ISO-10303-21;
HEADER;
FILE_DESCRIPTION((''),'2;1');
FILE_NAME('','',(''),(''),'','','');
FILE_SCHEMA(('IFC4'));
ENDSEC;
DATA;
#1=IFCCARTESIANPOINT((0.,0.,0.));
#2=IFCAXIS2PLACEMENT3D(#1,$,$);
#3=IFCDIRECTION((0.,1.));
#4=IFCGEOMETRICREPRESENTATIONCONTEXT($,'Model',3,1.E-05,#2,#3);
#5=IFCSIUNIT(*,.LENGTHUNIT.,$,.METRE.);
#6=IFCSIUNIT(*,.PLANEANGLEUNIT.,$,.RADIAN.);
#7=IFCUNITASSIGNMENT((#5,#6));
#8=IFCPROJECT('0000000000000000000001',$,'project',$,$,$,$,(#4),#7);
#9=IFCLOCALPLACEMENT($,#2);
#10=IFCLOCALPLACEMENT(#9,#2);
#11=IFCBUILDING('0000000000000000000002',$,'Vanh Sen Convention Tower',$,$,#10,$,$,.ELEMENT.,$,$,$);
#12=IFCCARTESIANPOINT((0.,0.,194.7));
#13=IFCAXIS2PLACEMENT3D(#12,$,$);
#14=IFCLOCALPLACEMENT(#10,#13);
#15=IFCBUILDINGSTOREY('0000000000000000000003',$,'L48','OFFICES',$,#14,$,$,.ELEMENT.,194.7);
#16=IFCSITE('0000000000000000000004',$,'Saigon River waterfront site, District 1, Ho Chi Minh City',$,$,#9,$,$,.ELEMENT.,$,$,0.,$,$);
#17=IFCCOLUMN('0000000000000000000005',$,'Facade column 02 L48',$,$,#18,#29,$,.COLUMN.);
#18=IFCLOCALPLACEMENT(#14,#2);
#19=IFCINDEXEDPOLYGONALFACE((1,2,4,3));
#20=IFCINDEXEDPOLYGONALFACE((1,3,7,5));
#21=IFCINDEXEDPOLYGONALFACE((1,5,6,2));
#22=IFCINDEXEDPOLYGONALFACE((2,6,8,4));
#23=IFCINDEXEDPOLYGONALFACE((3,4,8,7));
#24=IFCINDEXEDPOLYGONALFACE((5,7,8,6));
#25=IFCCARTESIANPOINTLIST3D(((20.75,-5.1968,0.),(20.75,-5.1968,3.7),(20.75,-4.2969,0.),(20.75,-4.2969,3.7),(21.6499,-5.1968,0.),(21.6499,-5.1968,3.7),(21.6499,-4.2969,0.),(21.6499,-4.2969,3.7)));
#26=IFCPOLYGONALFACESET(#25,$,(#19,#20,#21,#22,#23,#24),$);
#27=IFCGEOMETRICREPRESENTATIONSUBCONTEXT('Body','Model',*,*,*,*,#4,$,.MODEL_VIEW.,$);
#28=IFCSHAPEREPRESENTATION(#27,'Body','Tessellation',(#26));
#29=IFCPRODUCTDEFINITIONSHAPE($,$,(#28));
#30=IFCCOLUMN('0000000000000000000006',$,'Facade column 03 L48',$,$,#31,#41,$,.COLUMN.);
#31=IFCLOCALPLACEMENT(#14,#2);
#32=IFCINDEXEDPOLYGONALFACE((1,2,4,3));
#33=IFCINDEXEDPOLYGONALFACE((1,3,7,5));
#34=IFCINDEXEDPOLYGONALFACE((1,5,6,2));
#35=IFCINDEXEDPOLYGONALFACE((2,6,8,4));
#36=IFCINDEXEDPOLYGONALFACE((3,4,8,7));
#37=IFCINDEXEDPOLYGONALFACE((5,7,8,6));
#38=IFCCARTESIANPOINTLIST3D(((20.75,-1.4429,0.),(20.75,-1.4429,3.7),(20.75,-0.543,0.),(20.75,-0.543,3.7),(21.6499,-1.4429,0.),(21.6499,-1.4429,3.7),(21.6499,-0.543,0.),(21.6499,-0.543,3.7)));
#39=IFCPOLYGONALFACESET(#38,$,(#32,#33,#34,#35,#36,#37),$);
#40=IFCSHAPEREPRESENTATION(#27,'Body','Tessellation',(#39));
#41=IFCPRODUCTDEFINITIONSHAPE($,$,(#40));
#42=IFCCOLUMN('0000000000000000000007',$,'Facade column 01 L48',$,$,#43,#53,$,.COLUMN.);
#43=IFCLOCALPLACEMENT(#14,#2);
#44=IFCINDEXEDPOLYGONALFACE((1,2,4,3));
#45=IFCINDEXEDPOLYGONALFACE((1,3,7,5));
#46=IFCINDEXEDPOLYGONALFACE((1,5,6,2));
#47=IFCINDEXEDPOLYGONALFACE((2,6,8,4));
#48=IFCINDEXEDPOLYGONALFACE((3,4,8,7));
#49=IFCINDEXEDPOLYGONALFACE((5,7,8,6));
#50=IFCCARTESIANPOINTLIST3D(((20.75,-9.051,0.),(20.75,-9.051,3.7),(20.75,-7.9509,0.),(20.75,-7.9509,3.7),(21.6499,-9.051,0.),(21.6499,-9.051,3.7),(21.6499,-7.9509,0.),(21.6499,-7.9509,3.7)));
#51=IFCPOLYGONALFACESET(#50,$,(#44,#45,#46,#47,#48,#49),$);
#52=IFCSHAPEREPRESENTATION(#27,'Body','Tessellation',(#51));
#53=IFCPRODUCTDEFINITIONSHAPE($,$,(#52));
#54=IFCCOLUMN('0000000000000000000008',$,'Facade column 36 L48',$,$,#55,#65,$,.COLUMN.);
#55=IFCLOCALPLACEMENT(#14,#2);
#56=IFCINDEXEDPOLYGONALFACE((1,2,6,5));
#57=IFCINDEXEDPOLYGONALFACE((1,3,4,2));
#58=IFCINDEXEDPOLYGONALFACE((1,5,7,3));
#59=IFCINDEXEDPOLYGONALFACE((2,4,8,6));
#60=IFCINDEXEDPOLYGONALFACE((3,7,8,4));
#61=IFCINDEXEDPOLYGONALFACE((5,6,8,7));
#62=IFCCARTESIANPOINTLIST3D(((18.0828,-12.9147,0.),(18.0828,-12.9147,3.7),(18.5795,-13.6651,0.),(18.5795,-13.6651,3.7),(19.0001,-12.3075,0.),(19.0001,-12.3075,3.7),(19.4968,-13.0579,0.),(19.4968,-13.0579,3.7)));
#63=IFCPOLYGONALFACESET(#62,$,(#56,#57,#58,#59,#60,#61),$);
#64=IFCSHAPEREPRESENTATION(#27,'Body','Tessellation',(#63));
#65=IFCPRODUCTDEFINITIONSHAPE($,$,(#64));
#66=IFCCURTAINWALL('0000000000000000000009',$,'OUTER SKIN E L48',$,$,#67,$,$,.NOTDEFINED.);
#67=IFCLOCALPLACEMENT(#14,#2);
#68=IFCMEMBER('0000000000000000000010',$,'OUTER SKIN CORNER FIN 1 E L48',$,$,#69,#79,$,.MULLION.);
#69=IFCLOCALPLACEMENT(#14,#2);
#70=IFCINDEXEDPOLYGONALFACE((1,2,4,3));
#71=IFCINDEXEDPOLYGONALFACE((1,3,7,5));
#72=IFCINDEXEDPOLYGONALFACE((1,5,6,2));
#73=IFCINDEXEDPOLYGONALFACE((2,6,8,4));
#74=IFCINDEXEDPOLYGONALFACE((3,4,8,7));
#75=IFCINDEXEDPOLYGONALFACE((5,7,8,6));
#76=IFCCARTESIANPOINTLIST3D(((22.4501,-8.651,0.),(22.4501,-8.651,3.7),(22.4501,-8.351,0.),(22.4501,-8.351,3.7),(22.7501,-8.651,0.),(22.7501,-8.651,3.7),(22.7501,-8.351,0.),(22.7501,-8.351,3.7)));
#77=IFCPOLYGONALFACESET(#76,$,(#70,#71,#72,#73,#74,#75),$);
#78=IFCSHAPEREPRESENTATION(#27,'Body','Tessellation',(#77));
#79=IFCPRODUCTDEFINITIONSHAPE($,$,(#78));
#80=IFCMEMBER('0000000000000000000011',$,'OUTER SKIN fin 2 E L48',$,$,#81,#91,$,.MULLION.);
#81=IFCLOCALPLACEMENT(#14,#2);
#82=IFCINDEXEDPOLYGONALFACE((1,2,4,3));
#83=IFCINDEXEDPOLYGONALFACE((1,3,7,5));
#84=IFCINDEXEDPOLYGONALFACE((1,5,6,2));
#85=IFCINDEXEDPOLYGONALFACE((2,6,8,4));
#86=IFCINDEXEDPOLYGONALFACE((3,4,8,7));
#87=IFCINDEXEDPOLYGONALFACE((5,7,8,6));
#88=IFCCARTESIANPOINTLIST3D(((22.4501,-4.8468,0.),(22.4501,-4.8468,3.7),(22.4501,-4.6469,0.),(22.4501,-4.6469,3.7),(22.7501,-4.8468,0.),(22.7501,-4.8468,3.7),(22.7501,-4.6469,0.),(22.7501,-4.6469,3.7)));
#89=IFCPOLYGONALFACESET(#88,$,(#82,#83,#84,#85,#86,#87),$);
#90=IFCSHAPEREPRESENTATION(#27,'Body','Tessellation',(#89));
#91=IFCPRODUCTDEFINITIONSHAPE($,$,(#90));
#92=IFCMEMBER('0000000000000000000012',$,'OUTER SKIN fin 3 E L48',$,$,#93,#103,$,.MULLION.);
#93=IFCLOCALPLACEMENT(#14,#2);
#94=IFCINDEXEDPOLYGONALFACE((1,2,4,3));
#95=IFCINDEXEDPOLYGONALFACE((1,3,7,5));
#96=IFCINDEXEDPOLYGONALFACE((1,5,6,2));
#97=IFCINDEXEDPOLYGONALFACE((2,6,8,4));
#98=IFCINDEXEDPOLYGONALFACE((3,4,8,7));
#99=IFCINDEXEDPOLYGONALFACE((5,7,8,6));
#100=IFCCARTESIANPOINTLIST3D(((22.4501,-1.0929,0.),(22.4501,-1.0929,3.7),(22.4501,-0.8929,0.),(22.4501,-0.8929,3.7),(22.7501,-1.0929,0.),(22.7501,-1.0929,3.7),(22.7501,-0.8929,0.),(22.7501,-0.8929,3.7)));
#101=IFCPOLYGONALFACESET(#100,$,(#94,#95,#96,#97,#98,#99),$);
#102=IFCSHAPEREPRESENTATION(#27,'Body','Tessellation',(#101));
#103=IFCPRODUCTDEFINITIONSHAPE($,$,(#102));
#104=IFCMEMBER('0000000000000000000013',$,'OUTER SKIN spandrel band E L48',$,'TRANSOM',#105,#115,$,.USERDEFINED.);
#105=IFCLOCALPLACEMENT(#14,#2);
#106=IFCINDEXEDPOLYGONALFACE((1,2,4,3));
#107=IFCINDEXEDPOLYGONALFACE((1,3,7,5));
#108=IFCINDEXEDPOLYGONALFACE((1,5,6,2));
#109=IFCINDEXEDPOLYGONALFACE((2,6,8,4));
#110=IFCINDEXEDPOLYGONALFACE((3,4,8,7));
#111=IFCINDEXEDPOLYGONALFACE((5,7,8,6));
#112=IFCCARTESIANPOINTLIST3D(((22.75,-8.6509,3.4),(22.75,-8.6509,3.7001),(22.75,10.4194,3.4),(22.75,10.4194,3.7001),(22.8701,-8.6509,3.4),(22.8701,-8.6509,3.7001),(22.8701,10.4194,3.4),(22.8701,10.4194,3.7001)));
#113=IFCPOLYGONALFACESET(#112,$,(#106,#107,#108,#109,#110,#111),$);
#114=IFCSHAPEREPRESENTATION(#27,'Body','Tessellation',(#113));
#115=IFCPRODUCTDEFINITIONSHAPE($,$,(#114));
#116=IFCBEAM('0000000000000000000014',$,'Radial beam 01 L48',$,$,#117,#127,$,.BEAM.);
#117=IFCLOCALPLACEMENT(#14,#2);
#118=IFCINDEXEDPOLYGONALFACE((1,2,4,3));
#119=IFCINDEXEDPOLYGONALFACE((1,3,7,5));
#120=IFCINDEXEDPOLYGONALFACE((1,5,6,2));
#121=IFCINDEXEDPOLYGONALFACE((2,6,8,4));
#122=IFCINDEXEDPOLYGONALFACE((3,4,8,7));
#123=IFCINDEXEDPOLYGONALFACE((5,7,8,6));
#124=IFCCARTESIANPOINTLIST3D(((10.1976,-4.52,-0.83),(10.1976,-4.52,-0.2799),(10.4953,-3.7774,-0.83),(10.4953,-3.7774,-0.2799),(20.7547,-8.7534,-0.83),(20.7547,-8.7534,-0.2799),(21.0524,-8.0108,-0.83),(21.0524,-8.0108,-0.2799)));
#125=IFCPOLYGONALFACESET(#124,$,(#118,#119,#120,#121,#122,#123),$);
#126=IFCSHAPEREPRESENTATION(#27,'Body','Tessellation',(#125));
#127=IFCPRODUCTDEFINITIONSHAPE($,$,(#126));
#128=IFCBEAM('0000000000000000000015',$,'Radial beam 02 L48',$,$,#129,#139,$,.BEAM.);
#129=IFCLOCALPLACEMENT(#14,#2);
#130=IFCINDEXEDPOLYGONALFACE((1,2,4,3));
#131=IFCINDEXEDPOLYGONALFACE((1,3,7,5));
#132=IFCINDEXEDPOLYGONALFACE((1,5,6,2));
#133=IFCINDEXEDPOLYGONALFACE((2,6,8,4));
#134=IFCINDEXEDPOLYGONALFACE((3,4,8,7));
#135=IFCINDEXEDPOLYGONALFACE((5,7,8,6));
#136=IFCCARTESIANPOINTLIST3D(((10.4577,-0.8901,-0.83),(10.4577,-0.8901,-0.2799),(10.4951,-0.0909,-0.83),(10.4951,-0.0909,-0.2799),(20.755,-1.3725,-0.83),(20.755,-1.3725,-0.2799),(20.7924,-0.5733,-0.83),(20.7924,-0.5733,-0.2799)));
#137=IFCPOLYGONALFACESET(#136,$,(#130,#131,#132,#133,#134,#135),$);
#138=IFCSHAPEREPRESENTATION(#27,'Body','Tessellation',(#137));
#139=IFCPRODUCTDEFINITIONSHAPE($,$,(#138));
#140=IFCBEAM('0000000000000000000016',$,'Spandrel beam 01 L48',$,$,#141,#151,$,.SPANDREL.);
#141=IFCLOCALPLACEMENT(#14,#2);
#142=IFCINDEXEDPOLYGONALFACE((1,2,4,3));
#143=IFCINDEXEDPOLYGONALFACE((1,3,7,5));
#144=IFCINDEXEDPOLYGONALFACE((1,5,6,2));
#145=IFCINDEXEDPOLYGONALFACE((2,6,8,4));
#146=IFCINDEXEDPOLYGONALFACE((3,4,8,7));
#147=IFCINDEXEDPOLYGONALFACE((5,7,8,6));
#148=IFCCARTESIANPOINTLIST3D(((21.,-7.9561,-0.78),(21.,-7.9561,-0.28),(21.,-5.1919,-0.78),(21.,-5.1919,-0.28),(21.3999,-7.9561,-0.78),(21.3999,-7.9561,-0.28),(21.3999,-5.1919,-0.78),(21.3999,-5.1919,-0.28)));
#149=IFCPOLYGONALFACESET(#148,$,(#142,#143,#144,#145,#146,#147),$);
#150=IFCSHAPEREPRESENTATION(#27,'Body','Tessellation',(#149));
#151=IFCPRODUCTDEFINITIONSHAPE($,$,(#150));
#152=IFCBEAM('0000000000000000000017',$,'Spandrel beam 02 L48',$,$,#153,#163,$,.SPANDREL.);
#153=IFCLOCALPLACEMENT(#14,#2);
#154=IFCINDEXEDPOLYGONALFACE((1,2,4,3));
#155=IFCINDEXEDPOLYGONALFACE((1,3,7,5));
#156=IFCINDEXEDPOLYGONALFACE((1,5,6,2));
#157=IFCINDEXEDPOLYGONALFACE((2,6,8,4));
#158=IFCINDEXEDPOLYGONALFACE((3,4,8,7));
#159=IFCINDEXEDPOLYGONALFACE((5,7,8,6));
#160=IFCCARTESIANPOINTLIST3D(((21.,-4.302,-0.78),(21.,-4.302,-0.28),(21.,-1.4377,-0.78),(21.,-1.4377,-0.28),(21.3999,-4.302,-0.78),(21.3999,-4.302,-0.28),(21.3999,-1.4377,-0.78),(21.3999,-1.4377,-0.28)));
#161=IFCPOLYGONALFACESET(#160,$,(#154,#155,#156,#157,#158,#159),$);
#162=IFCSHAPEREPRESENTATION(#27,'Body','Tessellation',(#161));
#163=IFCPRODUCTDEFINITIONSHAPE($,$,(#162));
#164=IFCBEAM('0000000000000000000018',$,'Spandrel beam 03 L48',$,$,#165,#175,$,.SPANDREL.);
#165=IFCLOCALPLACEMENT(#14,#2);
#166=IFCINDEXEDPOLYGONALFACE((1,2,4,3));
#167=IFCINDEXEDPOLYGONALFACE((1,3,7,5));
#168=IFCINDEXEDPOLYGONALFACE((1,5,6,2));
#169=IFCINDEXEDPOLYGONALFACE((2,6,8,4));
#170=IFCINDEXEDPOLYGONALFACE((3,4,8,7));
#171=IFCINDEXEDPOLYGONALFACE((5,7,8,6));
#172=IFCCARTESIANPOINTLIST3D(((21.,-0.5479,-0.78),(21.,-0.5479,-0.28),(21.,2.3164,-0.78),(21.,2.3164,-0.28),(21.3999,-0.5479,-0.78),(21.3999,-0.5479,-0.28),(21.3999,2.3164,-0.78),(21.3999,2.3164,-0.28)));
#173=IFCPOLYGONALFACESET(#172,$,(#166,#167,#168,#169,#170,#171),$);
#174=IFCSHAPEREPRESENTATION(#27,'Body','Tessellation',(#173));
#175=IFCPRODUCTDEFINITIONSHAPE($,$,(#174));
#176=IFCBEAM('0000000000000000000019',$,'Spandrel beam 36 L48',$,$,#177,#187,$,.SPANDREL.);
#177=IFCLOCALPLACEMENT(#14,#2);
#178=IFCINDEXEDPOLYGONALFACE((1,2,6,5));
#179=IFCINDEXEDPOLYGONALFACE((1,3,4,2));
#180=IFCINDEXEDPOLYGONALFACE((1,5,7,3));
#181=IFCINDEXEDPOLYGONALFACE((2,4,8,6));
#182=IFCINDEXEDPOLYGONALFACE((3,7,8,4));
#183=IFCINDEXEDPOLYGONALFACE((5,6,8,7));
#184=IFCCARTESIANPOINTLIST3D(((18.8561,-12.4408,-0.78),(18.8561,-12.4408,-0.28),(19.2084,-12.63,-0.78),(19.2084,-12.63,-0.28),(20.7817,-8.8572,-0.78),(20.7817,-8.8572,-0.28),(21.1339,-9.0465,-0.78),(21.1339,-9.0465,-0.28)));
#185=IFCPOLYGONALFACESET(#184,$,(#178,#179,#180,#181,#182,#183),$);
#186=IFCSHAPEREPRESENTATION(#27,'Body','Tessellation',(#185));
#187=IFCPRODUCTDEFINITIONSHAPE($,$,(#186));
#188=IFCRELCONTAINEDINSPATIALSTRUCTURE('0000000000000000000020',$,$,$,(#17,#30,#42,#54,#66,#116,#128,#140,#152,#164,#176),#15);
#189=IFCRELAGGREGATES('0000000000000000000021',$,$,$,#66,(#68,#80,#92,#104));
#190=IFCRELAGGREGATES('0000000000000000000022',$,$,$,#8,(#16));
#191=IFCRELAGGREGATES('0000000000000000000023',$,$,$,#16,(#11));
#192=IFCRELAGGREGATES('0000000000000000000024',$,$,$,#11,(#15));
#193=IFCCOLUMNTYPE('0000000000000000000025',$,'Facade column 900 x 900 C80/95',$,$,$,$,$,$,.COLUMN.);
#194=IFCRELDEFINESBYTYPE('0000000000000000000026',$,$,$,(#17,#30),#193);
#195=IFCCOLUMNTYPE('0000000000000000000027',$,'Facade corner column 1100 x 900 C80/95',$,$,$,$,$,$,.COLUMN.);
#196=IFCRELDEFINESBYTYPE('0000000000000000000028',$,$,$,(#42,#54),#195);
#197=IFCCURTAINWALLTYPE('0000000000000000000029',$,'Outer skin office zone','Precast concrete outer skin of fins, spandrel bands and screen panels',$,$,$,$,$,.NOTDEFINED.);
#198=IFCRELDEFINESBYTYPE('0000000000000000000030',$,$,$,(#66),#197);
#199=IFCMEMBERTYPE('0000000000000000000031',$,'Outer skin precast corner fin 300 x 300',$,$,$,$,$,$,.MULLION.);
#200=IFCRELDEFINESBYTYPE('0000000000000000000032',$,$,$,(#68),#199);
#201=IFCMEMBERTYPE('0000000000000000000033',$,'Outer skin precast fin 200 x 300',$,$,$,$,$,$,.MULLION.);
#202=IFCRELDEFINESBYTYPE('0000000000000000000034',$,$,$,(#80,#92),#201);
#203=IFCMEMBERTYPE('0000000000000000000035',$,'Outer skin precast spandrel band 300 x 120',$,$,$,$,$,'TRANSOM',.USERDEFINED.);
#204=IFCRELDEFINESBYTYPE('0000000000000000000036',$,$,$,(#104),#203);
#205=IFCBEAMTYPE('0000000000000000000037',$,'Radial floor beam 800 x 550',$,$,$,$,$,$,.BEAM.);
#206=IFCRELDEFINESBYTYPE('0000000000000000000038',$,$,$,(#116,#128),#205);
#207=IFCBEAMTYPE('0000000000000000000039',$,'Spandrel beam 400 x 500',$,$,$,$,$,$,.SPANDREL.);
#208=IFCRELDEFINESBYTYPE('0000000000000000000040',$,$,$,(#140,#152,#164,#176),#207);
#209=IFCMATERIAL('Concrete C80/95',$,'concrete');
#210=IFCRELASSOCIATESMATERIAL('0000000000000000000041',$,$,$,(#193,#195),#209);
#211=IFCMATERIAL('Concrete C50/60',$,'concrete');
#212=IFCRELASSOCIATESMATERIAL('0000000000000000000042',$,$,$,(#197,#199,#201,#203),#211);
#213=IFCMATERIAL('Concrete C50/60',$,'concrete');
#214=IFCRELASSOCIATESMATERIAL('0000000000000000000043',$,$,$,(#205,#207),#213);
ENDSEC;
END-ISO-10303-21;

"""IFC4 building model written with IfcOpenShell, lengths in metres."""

from ifc_helpers import new_model, si_unit, direction, frame, origin, origin_2d, place, context, subcontext, project, spatial, rectangle, extrude, material, material_profile, profile_set, type_object, element, aggregate, save


model = new_model("IFC4")

# Units and contexts
model_context = context("Model", 3, precision=1e-05, world=origin(), true_north=direction((0.0, 1.0)))
body_context = subcontext(model_context, "Body", "Model", "MODEL_VIEW")
ifc_project = project(units=[si_unit("LENGTHUNIT", "METRE"), si_unit("PLANEANGLEUNIT", "RADIAN")], contexts=[model_context])

# Site, building, storey
site_placement = place(None, origin())
site = spatial("IfcSite", under=ifc_project, at=site_placement, Name="Saigon River waterfront site, District 1, Ho Chi Minh City", CompositionType="ELEMENT", RefElevation=0.0)
building_placement = place(site_placement, origin())
building = spatial("IfcBuilding", under=site, at=building_placement, Name="Vanh Sen Convention Tower", CompositionType="ELEMENT")
storey_placement = place(building_placement, frame((0.0, 0.0, 194.7)))
storey = spatial("IfcBuildingStorey", under=building, at=storey_placement, Name="L48", Description="OFFICES", CompositionType="ELEMENT", Elevation=194.7)

# Columns
ifc_material_1 = material(Name="Concrete C80/95", Category="concrete")
ifc_material_profile_1 = material_profile(ifc_material_1, rectangle(XDim=0.8999, YDim=0.8999, at=origin_2d()), Name="RC 900X900")
ifc_profile_set_1 = profile_set([ifc_material_profile_1], Name="Concrete C80/95")
column_type_1 = type_object("IfcColumnType", Name="Facade column 900 x 900 C80/95", PredefinedType="COLUMN", material=ifc_profile_set_1)
for number, where, z_axis, x_axis, name in (
    (1, (21.2, -4.7468, 0.0), (0.0, 0.0, 1.0), (0.0, 1.0, 0.0), "Facade column 02 L48"),
    (2, (21.2, -0.9929, 0.0), (0.0, 0.0, 1.0), (0.0, 1.0, 0.0), "Facade column 03 L48"),
):
    element("IfcColumn", number, at=place(storey_placement, frame(where, z_axis=z_axis, x_axis=x_axis)), inside=storey, type_object=column_type_1, Name=name, PredefinedType="COLUMN", context=body_context, shape_type="SweptSolid", body=[
        extrude(rectangle(XDim=0.8999, YDim=0.8999, at=origin_2d()), origin(), (0.0, 0.0, 1.0), 3.7),
    ])
ifc_material_profile_2 = material_profile(ifc_material_1, rectangle(XDim=1.1001, YDim=0.8999, at=origin_2d()), Name="RC 1100X900")
ifc_profile_set_2 = profile_set([ifc_material_profile_2], Name="Concrete C80/95")
column_type_2 = type_object("IfcColumnType", Name="Facade corner column 1100 x 900 C80/95", PredefinedType="COLUMN", material=ifc_profile_set_2)
for number, where, z_axis, x_axis, name in (
    (3, (21.2, -8.501, 0.0), (0.0, 0.0, 1.0), (0.0, 1.0, 0.0), "Facade column 01 L48"),
    (4, (18.7898, -12.9863, 0.0), (0.0, 0.0, 1.0), (0.833886, 0.551937, 0.0), "Facade column 36 L48"),
):
    element("IfcColumn", number, at=place(storey_placement, frame(where, z_axis=z_axis, x_axis=x_axis)), inside=storey, type_object=column_type_2, Name=name, PredefinedType="COLUMN", context=body_context, shape_type="SweptSolid", body=[
        extrude(rectangle(XDim=1.1001, YDim=0.8999, at=origin_2d()), origin(), (0.0, 0.0, 1.0), 3.7),
    ])

# Curtain wall, members
ifc_material_2 = material(Name="Concrete C50/60", Category="concrete")
curtain_wall_type = type_object("IfcCurtainWallType", Name="Outer skin office zone", Description="Precast concrete outer skin of fins, spandrel bands and screen panels", PredefinedType="NOTDEFINED", material=ifc_material_2)
curtain_wall_1_placement = place(storey_placement, origin())
curtain_wall_1 = element("IfcCurtainWall", 5, at=curtain_wall_1_placement, inside=storey, type_object=curtain_wall_type, Name="OUTER SKIN E L48", PredefinedType="NOTDEFINED")
ifc_material_profile_3 = material_profile(ifc_material_2, rectangle(XDim=0.3, YDim=0.3, at=origin_2d()), Name="Outer skin precast corner fin 300 x 300")
ifc_profile_set_3 = profile_set([ifc_material_profile_3], Name="Concrete C50/60")
member_type_1 = type_object("IfcMemberType", Name="Outer skin precast corner fin 300 x 300", PredefinedType="MULLION", material=ifc_profile_set_3)
member_1_placement = place(storey_placement, frame((22.6001, -8.501, 0.0), z_axis=(0.0, 0.0, 1.0), x_axis=(0.0, 1.0, 0.0)))
member_1 = element("IfcMember", 6, at=member_1_placement, type_object=member_type_1, Name="OUTER SKIN CORNER FIN 1 E L48", PredefinedType="MULLION", context=body_context, shape_type="SweptSolid", body=[
    extrude(rectangle(XDim=0.3, YDim=0.3, at=origin_2d()), origin(), (0.0, 0.0, 1.0), 3.7),
])
ifc_material_profile_4 = material_profile(ifc_material_2, rectangle(XDim=0.2, YDim=0.3, at=origin_2d()), Name="Outer skin precast fin 200 x 300")
ifc_profile_set_4 = profile_set([ifc_material_profile_4], Name="Concrete C50/60")
member_type_2 = type_object("IfcMemberType", Name="Outer skin precast fin 200 x 300", PredefinedType="MULLION", material=ifc_profile_set_4)
member_2_placement = place(storey_placement, frame((22.6001, -4.7468, 0.0), z_axis=(0.0, 0.0, 1.0), x_axis=(0.0, 1.0, 0.0)))
member_2 = element("IfcMember", 7, at=member_2_placement, type_object=member_type_2, Name="OUTER SKIN fin 2 E L48", PredefinedType="MULLION", context=body_context, shape_type="SweptSolid", body=[
    extrude(rectangle(XDim=0.2, YDim=0.3, at=origin_2d()), origin(), (0.0, 0.0, 1.0), 3.7),
])
member_3_placement = place(storey_placement, frame((22.6001, -0.9929, 0.0), z_axis=(0.0, 0.0, 1.0), x_axis=(0.0, 1.0, 0.0)))
member_3 = element("IfcMember", 8, at=member_3_placement, type_object=member_type_2, Name="OUTER SKIN fin 3 E L48", PredefinedType="MULLION", context=body_context, shape_type="SweptSolid", body=[
    extrude(rectangle(XDim=0.2, YDim=0.3, at=origin_2d()), origin(), (0.0, 0.0, 1.0), 3.7),
])
ifc_material_profile_5 = material_profile(ifc_material_2, rectangle(XDim=0.1201, YDim=0.3, at=origin_2d()), Name="Outer skin precast spandrel band 300 x 120")
ifc_profile_set_5 = profile_set([ifc_material_profile_5], Name="Concrete C50/60")
member_type_3 = type_object("IfcMemberType", Name="Outer skin precast spandrel band 300 x 120", ElementType="TRANSOM", PredefinedType="USERDEFINED", material=ifc_profile_set_5)
member_4_placement = place(storey_placement, frame((22.8101, -8.6509, 3.55), z_axis=(0.0, 1.0, 0.0), x_axis=(-1.0, 0.0, 0.0)))
member_4 = element("IfcMember", 9, at=member_4_placement, type_object=member_type_3, Name="OUTER SKIN spandrel band E L48", ObjectType="TRANSOM", PredefinedType="USERDEFINED", context=body_context, shape_type="SweptSolid", body=[
    extrude(rectangle(XDim=0.1201, YDim=0.3, at=origin_2d()), origin(), (0.0, 0.0, 1.0), 19.0703),
])

# Beams
ifc_material_3 = material(Name="Concrete C50/60", Category="concrete")
ifc_material_profile_6 = material_profile(ifc_material_3, rectangle(XDim=0.8, YDim=0.55, at=origin_2d()), Name="RC 800X550")
ifc_profile_set_6 = profile_set([ifc_material_profile_6], Name="Concrete C50/60")
beam_type_1 = type_object("IfcBeamType", Name="Radial floor beam 800 x 550", PredefinedType="BEAM", material=ifc_profile_set_6)
beam_1_placement = place(storey_placement, frame((20.9036, -8.3821, -0.5549), z_axis=(-0.928157, 0.37219, 0.0), x_axis=(-0.37219, -0.928157, 0.0)))
element("IfcBeam", 10, at=beam_1_placement, inside=storey, type_object=beam_type_1, Name="Radial beam 01 L48", PredefinedType="BEAM", context=body_context, shape_type="SweptSolid", body=[
    extrude(rectangle(XDim=0.8, YDim=0.55, at=origin_2d()), origin(), (0.0, 0.0, 1.0), 11.3743),
])
beam_2_placement = place(storey_placement, frame((20.7737, -0.9729, -0.5549), z_axis=(-0.998904, 0.046798, 0.0), x_axis=(-0.046798, -0.998904, 0.0)))
element("IfcBeam", 11, at=beam_2_placement, inside=storey, type_object=beam_type_1, Name="Radial beam 02 L48", PredefinedType="BEAM", context=body_context, shape_type="SweptSolid", body=[
    extrude(rectangle(XDim=0.8, YDim=0.55, at=origin_2d()), origin(), (0.0, 0.0, 1.0), 10.3086),
])
ifc_material_profile_7 = material_profile(ifc_material_3, rectangle(XDim=0.3999, YDim=0.5, at=origin_2d()), Name="RC 400X500")
ifc_profile_set_7 = profile_set([ifc_material_profile_7], Name="Concrete C50/60")
beam_type_2 = type_object("IfcBeamType", Name="Spandrel beam 400 x 500", PredefinedType="SPANDREL", material=ifc_profile_set_7)
beam_3_placement = place(storey_placement, frame((21.2, -7.9561, -0.53), z_axis=(0.0, 1.0, 0.0), x_axis=(-1.0, 0.0, 0.0)))
element("IfcBeam", 12, at=beam_3_placement, inside=storey, type_object=beam_type_2, Name="Spandrel beam 01 L48", PredefinedType="SPANDREL", context=body_context, shape_type="SweptSolid", body=[
    extrude(rectangle(XDim=0.3999, YDim=0.5, at=origin_2d()), origin(), (0.0, 0.0, 1.0), 2.7642),
])
for number, where, z_axis, x_axis, name in (
    (13, (21.2, -4.302, -0.53), (0.0, 1.0, 0.0), (-1.0, 0.0, 0.0), "Spandrel beam 02 L48"),
    (14, (21.2, -0.5479, -0.53), (0.0, 1.0, 0.0), (-1.0, 0.0, 0.0), "Spandrel beam 03 L48"),
):
    element("IfcBeam", number, at=place(storey_placement, frame(where, z_axis=z_axis, x_axis=x_axis)), inside=storey, type_object=beam_type_2, Name=name, PredefinedType="SPANDREL", context=body_context, shape_type="SweptSolid", body=[
        extrude(rectangle(XDim=0.3999, YDim=0.5, at=origin_2d()), origin(), (0.0, 0.0, 1.0), 2.8643),
    ])
beam_4_placement = place(storey_placement, frame((19.0322, -12.5354, -0.53), z_axis=(0.47333, 0.880885, 0.0), x_axis=(-0.880885, 0.47333, 0.0)))
element("IfcBeam", 15, at=beam_4_placement, inside=storey, type_object=beam_type_2, Name="Spandrel beam 36 L48", PredefinedType="SPANDREL", context=body_context, shape_type="SweptSolid", body=[
    extrude(rectangle(XDim=0.3999, YDim=0.5, at=origin_2d()), origin(), (0.0, 0.0, 1.0), 4.0681),
])

aggregate(curtain_wall_1, [member_1, member_2, member_3, member_4])

save(model, "model.ifc")
